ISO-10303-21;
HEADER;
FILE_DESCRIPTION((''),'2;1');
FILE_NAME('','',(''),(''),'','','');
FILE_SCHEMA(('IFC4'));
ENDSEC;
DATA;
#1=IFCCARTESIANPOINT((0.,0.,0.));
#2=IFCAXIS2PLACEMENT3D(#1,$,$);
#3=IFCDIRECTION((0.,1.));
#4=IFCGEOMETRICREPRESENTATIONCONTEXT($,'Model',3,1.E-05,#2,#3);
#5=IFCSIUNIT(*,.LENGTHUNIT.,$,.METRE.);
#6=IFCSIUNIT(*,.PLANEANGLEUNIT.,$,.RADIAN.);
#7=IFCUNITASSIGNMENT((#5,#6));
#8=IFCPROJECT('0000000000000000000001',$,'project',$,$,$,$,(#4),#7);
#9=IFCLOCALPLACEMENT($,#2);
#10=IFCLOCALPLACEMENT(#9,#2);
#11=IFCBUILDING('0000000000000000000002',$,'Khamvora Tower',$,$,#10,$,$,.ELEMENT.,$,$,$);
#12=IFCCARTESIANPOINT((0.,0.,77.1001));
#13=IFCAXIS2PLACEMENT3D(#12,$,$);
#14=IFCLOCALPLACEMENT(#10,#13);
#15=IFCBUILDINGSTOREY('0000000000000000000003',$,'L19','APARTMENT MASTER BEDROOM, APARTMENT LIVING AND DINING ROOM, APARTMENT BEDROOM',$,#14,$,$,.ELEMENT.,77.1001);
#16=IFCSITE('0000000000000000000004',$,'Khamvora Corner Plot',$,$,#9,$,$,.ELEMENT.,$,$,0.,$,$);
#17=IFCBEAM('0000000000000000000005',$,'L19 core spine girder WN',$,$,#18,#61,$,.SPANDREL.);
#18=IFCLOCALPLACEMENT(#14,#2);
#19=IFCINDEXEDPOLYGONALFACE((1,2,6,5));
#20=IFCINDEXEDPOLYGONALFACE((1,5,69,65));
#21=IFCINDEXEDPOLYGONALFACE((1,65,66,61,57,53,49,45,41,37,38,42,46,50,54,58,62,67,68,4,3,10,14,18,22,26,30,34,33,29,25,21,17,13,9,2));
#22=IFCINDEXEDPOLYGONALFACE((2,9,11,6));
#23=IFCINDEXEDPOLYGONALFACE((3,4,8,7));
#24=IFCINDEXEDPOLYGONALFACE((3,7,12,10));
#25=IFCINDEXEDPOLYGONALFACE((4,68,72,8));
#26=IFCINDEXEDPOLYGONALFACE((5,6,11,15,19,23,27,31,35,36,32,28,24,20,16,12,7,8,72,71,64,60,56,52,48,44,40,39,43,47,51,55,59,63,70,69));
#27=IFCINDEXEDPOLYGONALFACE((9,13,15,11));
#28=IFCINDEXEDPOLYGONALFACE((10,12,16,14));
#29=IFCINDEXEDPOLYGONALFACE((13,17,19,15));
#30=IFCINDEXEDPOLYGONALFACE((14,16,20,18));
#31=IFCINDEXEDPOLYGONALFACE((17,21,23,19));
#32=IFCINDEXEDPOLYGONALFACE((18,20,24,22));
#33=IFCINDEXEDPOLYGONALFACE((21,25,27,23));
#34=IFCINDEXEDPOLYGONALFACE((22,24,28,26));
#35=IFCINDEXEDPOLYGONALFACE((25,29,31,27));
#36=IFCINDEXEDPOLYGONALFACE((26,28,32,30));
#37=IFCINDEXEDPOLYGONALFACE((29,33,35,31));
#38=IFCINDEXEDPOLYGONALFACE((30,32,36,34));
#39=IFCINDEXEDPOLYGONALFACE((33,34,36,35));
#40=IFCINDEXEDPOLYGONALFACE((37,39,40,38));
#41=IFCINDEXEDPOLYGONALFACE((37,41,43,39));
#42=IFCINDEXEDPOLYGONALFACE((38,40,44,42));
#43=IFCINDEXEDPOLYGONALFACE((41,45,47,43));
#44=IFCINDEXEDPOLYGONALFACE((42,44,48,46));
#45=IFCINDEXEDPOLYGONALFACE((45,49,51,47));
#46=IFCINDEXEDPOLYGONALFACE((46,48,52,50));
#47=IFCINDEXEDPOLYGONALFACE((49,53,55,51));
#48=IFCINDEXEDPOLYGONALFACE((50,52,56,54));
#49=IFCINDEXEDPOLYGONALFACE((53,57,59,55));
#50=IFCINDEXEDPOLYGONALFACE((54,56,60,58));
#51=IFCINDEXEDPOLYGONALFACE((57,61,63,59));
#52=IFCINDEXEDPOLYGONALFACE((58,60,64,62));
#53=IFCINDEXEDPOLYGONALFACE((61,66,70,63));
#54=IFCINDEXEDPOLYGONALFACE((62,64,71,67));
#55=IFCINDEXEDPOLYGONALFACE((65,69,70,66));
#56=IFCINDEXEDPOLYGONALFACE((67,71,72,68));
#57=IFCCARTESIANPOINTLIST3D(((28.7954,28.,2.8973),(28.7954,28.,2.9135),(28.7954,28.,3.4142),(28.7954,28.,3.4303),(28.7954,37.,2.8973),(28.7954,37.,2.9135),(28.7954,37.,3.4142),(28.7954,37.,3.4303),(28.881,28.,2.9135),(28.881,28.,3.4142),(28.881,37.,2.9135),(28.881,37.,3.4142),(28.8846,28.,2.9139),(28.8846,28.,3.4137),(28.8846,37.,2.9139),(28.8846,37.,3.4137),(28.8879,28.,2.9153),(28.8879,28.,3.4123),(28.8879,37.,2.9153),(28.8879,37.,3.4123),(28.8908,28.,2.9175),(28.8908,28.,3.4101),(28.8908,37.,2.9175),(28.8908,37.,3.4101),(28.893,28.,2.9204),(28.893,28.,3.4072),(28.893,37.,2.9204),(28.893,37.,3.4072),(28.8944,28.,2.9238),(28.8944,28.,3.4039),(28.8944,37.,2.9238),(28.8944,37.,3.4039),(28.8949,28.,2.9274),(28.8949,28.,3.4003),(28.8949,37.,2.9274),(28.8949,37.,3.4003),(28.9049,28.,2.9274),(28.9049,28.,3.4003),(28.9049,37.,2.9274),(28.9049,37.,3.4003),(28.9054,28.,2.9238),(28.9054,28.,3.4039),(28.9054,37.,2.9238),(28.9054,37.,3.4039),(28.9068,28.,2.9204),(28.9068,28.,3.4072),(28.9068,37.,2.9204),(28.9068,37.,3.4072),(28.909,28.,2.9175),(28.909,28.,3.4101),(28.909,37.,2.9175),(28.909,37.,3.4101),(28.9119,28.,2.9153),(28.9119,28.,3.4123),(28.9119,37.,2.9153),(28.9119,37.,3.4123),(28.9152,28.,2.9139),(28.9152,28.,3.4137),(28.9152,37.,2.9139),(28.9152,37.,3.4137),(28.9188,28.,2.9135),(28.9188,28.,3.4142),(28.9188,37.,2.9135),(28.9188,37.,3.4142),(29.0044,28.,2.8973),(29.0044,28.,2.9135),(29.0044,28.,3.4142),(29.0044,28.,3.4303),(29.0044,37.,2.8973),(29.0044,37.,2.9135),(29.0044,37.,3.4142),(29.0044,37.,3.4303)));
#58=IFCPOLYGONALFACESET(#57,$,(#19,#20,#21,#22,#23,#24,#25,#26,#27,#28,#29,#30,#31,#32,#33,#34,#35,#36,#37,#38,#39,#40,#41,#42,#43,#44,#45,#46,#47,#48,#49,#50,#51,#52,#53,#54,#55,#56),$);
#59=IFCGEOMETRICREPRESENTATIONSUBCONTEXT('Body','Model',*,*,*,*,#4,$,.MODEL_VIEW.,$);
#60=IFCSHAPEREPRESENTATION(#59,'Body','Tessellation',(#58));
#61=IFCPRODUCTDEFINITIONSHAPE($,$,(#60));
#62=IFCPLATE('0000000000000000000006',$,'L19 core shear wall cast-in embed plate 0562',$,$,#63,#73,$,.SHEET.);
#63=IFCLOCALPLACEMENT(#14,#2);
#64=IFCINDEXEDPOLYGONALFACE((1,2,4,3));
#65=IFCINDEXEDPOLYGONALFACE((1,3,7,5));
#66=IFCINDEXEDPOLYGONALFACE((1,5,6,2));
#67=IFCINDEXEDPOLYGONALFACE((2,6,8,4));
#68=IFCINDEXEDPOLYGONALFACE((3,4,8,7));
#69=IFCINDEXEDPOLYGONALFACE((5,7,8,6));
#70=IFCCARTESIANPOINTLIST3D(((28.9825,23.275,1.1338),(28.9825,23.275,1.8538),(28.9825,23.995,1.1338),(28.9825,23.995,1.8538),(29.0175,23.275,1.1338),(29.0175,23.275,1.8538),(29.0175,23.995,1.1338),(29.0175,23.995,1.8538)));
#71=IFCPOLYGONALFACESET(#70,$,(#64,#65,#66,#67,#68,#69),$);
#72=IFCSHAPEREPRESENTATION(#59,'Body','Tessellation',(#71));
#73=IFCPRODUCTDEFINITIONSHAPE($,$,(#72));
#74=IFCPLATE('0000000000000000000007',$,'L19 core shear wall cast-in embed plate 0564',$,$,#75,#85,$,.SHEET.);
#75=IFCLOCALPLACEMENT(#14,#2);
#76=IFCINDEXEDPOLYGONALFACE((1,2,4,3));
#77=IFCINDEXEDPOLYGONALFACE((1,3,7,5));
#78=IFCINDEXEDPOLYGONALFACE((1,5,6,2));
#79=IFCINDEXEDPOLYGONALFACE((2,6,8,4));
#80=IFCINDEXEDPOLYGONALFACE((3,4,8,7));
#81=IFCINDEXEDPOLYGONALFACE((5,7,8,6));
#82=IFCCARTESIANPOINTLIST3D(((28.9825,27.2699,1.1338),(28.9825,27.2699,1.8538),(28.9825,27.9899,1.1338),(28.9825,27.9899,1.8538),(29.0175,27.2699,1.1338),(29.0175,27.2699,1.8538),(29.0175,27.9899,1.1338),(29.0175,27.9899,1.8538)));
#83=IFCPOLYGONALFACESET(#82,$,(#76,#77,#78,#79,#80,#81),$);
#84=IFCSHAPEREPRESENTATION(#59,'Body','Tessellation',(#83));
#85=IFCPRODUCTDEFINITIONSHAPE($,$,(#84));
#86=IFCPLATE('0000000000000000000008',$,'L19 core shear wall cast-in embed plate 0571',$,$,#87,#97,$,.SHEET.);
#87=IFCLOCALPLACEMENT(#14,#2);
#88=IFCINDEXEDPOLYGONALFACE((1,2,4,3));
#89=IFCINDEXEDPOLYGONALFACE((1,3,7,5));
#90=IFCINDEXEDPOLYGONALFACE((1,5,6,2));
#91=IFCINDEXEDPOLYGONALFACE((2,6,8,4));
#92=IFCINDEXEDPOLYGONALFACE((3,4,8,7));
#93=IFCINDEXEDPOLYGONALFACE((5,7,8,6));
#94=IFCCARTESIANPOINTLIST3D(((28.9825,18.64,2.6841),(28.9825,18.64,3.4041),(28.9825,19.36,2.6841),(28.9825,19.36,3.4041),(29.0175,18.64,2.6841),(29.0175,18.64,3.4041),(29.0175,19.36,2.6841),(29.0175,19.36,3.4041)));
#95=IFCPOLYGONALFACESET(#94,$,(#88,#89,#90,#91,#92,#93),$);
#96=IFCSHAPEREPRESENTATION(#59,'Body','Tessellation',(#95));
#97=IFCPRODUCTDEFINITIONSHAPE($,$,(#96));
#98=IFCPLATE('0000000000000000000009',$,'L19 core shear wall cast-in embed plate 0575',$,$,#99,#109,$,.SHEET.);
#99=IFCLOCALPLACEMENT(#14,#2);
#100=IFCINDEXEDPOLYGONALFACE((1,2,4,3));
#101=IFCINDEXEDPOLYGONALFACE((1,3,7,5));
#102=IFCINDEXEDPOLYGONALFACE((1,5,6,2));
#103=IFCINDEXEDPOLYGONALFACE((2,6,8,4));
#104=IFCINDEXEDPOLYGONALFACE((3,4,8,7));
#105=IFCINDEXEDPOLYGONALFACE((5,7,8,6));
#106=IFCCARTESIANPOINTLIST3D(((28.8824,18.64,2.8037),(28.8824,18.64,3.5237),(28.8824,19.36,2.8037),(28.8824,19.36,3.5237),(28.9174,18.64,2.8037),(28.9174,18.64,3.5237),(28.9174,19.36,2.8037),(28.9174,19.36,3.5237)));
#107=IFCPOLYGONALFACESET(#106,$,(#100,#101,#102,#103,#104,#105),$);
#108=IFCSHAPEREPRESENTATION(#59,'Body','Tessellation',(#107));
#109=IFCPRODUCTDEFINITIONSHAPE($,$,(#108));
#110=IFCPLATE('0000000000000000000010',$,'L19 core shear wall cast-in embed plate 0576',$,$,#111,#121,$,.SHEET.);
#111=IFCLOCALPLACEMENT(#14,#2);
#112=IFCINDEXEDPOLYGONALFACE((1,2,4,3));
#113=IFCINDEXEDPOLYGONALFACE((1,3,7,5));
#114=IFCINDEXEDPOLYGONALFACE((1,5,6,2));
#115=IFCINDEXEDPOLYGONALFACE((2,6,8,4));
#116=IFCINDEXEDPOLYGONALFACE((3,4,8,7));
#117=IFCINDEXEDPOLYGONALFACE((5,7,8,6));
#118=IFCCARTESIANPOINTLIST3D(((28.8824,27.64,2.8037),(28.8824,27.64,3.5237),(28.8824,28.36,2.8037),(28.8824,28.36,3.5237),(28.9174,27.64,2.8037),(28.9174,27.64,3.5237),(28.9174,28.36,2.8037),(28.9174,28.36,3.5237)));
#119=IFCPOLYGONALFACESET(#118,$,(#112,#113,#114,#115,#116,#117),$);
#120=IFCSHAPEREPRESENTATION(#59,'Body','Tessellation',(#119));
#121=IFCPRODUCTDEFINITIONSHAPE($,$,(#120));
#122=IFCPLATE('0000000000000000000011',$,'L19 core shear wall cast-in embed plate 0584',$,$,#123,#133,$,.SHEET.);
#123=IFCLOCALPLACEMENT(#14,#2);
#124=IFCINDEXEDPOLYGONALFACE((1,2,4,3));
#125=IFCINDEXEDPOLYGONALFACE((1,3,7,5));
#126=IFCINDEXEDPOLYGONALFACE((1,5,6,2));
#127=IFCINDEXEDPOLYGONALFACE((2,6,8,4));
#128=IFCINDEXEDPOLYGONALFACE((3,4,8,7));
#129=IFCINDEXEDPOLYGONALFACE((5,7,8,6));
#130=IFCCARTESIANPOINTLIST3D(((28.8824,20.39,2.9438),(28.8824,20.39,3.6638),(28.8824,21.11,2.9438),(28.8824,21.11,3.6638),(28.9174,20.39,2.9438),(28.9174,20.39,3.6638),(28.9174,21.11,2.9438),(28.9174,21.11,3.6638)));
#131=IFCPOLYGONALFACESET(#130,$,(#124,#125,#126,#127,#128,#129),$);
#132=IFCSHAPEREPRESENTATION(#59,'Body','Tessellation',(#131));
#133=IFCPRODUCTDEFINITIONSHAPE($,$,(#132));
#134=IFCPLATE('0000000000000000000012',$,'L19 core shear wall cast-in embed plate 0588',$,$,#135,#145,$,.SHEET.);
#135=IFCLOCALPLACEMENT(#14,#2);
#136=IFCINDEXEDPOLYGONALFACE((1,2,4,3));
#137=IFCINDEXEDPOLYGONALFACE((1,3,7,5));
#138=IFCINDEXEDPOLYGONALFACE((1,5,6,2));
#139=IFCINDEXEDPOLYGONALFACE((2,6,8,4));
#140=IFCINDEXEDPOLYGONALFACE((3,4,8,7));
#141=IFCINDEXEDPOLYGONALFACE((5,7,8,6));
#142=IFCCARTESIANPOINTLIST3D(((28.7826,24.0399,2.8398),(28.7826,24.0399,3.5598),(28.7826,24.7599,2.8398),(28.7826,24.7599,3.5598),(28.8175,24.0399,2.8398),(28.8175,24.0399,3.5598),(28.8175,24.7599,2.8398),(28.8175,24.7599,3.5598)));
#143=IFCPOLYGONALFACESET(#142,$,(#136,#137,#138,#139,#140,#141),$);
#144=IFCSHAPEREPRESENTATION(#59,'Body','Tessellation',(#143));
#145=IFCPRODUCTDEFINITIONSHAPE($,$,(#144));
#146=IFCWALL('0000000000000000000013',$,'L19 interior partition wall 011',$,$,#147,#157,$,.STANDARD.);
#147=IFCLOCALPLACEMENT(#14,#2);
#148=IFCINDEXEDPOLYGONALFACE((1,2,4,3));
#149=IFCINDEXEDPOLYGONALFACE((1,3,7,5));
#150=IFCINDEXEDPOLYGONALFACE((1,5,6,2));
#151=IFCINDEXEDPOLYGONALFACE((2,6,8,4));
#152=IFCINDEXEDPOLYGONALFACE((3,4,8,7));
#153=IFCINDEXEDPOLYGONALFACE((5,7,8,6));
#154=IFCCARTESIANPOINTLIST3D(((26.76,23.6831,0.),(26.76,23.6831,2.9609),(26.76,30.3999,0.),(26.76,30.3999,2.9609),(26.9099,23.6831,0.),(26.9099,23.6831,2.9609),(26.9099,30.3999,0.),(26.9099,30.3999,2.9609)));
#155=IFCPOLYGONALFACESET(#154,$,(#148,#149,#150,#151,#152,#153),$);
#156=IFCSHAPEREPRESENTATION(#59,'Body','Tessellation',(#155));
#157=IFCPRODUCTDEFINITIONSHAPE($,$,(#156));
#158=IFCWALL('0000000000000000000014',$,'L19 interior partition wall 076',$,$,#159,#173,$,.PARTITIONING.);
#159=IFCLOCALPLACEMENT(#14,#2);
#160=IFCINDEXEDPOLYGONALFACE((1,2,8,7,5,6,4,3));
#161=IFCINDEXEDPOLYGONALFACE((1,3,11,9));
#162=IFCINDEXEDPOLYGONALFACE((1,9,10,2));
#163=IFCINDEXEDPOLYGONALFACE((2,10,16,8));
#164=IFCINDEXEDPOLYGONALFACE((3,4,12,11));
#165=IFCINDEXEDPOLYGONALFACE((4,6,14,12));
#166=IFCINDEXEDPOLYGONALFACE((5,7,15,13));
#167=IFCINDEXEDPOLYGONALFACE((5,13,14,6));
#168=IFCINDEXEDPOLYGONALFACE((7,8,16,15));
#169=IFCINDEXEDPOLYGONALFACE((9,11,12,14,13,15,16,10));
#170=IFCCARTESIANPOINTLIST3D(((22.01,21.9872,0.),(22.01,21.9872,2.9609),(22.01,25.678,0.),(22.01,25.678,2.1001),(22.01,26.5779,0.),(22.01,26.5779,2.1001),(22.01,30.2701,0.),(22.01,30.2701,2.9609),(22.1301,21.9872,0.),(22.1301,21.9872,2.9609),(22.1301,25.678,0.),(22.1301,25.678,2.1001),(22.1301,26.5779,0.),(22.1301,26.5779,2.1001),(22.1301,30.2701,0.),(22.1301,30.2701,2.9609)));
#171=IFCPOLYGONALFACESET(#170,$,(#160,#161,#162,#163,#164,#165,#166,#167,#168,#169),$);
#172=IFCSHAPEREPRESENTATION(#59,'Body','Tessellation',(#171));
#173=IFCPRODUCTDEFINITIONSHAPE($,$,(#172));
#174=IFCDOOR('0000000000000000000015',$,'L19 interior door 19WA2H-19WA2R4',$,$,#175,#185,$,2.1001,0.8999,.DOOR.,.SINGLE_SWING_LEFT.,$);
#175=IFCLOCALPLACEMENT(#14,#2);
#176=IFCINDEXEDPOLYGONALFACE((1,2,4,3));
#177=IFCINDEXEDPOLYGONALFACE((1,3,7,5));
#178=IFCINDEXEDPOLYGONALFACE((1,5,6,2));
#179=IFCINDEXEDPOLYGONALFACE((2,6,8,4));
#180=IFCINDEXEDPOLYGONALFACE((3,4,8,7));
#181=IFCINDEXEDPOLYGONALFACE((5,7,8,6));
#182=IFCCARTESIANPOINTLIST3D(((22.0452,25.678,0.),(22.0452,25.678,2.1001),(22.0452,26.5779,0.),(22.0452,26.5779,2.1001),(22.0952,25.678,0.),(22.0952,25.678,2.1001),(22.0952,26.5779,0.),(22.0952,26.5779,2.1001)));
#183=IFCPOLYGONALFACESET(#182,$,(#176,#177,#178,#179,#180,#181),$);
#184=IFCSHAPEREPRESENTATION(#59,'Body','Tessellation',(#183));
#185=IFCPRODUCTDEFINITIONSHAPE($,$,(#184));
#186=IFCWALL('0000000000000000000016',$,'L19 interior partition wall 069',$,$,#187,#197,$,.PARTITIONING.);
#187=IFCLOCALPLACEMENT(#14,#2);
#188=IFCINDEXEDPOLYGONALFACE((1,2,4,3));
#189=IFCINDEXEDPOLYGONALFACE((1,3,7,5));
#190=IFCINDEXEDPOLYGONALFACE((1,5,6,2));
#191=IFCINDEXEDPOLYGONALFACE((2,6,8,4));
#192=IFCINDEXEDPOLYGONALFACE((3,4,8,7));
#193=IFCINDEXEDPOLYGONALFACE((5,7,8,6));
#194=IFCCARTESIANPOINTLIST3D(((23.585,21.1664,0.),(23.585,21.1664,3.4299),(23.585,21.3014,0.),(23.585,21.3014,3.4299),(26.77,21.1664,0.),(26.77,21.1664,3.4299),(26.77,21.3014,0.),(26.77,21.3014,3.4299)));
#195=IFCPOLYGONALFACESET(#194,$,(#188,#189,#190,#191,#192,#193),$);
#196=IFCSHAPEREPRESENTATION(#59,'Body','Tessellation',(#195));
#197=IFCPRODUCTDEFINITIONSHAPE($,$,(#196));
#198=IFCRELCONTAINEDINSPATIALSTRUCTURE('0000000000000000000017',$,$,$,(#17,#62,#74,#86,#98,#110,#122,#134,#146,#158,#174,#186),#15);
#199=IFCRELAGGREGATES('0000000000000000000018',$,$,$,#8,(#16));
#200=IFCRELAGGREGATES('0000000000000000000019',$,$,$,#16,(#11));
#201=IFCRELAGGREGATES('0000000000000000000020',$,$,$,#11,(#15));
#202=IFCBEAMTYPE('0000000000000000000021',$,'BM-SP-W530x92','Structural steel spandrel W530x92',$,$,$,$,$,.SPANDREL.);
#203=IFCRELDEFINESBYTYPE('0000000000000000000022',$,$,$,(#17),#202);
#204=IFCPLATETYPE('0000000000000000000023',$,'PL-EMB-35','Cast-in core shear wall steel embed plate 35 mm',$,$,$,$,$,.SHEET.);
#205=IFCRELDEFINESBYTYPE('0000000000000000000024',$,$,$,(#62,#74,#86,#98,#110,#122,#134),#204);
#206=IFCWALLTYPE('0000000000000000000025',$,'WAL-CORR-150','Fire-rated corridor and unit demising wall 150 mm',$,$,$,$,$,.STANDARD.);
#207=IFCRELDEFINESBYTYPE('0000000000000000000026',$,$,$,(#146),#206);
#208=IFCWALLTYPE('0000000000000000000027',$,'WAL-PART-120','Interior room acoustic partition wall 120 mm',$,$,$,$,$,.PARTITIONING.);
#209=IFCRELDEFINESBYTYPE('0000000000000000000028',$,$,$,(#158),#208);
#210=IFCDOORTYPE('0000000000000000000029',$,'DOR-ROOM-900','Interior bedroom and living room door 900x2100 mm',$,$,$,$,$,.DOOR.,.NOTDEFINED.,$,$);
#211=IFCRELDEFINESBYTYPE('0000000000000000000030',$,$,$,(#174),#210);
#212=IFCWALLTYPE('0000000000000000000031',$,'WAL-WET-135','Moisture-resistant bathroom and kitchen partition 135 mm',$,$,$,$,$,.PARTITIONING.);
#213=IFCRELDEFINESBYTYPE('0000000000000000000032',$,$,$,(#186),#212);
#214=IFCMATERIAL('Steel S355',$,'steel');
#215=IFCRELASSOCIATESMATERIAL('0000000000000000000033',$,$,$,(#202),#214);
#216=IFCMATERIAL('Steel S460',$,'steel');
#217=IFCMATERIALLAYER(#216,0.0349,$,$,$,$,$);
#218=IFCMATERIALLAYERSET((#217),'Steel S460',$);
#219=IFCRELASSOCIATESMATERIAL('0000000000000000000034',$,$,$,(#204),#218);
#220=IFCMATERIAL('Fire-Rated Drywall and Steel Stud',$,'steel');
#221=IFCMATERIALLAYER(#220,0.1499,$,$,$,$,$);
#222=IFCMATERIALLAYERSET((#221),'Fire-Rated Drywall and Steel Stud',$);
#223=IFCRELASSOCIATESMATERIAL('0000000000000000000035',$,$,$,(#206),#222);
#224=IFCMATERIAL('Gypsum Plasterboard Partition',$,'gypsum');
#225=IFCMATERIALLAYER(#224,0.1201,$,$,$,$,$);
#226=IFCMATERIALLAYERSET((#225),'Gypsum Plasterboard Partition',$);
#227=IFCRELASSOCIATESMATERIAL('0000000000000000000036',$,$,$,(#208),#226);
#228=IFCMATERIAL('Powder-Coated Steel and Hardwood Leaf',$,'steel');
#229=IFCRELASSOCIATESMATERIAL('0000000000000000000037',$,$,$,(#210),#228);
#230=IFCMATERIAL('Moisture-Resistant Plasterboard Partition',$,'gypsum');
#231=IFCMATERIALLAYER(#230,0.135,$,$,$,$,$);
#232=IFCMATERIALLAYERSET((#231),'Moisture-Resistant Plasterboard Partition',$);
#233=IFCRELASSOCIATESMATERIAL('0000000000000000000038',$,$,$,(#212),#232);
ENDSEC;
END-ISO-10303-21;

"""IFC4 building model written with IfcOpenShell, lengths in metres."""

from ifc_helpers import new_model, si_unit, direction, frame, frame_2d, origin, origin_2d, place, context, subcontext, project, spatial, rectangle, i_section, extrude, material, layer, layer_set, material_profile, profile_set, type_object, element, fill, save


model = new_model("IFC4")

# Units and contexts
model_context = context("Model", 3, precision=1e-05, world=origin(), true_north=direction((0.0, 1.0)))
body_context = subcontext(model_context, "Body", "Model", "MODEL_VIEW")
ifc_project = project(units=[si_unit("LENGTHUNIT", "METRE"), si_unit("PLANEANGLEUNIT", "RADIAN")], contexts=[model_context])

# Site, building, storey
site_placement = place(None, origin())
site = spatial("IfcSite", under=ifc_project, at=site_placement, Name="Khamvora Corner Plot", CompositionType="ELEMENT", RefElevation=0.0)
building_placement = place(site_placement, origin())
building = spatial("IfcBuilding", under=site, at=building_placement, Name="Khamvora Tower", CompositionType="ELEMENT")
storey_placement = place(building_placement, frame((0.0, 0.0, 77.1001)))
storey = spatial("IfcBuildingStorey", under=building, at=storey_placement, Name="L19", Description="APARTMENT MASTER BEDROOM, APARTMENT LIVING AND DINING ROOM, APARTMENT BEDROOM", CompositionType="ELEMENT", Elevation=77.1001)

# Shared definitions
ifc_material_1 = material(Name="Steel S460", Category="steel")

# Beam
ifc_material_2 = material(Name="Steel S355", Category="steel")
ifc_material_profile_1 = material_profile(ifc_material_2, i_section(OverallWidth=0.209, OverallDepth=0.533, WebThickness=0.01, FlangeThickness=0.0161, FilletRadius=0.0139, at=origin_2d()), Name="W530x92")
ifc_profile_set_1 = profile_set([ifc_material_profile_1], Name="Steel S355")
beam_type_1 = type_object("IfcBeamType", Name="BM-SP-W530x92", Description="Structural steel spandrel W530x92", PredefinedType="SPANDREL", material=ifc_profile_set_1)
for number, where, z_axis, x_axis, name in (
    (1, (28.8999, 28.0, 3.1638), (0.0, 1.0, 0.0), (-1.0, 0.0, 0.0), "L19 core spine girder WN"),
):
    element("IfcBeam", number, at=place(storey_placement, frame(where, z_axis=z_axis, x_axis=x_axis)), inside=storey, type_object=beam_type_1, Name=name, PredefinedType="SPANDREL", context=body_context, shape_type="SweptSolid", body=[
        extrude(i_section(OverallWidth=0.209, OverallDepth=0.533, WebThickness=0.01, FlangeThickness=0.0161, FilletRadius=0.0139, at=origin_2d()), origin(), (0.0, 0.0, 1.0), 9.0),
    ])

# Plates
ifc_layer_1 = layer(ifc_material_1, 0.0349)
ifc_layer_set_1 = layer_set([ifc_layer_1], Name="Steel S460")
plate_type = type_object("IfcPlateType", Name="PL-EMB-35", Description="Cast-in core shear wall steel embed plate 35 mm", PredefinedType="SHEET", material=ifc_layer_set_1)
for number, where, z_axis, x_axis, name in (
    (2, (29.0, 23.635, 1.1338), (0.0, 0.0, 1.0), (1.0, 0.0, 0.0), "L19 core shear wall cast-in embed plate 0562"),
    (3, (29.0, 27.6299, 1.1338), (0.0, 0.0, 1.0), (1.0, 0.0, 0.0), "L19 core shear wall cast-in embed plate 0564"),
    (4, (29.0, 19.0, 2.6841), (0.0, 0.0, 1.0), (1.0, 0.0, 0.0), "L19 core shear wall cast-in embed plate 0571"),
    (5, (28.8999, 19.0, 2.8037), (0.0, 0.0, 1.0), (1.0, 0.0, 0.0), "L19 core shear wall cast-in embed plate 0575"),
    (6, (28.8999, 28.0, 2.8037), (0.0, 0.0, 1.0), (1.0, 0.0, 0.0), "L19 core shear wall cast-in embed plate 0576"),
    (7, (28.8999, 20.75, 2.9438), (0.0, 0.0, 1.0), (1.0, 0.0, 0.0), "L19 core shear wall cast-in embed plate 0584"),
    (8, (28.8, 24.3999, 2.8398), (0.0, 0.0, 1.0), (1.0, 0.0, 0.0), "L19 core shear wall cast-in embed plate 0588"),
):
    element("IfcPlate", number, at=place(storey_placement, frame(where, z_axis=z_axis, x_axis=x_axis)), inside=storey, type_object=plate_type, Name=name, PredefinedType="SHEET", context=body_context, shape_type="SweptSolid", body=[
        extrude(rectangle(XDim=0.0349, YDim=0.72, at=origin_2d()), origin(), (0.0, 0.0, 1.0), 0.72),
    ])

# Shared definitions
ifc_material_3 = material(Name="Fire-Rated Drywall and Steel Stud", Category="steel")
ifc_layer_2 = layer(ifc_material_3, 0.1499)
ifc_layer_set_2 = layer_set([ifc_layer_2], Name="Fire-Rated Drywall and Steel Stud")
wall_type_1 = type_object("IfcWallType", Name="WAL-CORR-150", Description="Fire-rated corridor and unit demising wall 150 mm", PredefinedType="STANDARD", material=ifc_layer_set_2)
ifc_material_4 = material(Name="Powder-Coated Steel and Hardwood Leaf", Category="steel")

# Wall
wall_1_placement = place(storey_placement, frame((26.835, 23.6831, 0.0), z_axis=(0.0, 0.0, 1.0), x_axis=(0.0, 1.0, 0.0)))
element("IfcWall", 9, at=wall_1_placement, inside=storey, type_object=wall_type_1, Name="L19 interior partition wall 011", PredefinedType="STANDARD", context=body_context, shape_type="SweptSolid", body=[
    extrude(rectangle(XDim=6.7168, YDim=0.1499, at=frame_2d((3.3584, 0.0))), origin(), (0.0, 0.0, 1.0), 2.9609),
])

# Wall, opening, door
ifc_material_5 = material(Name="Gypsum Plasterboard Partition", Category="gypsum")
ifc_layer_3 = layer(ifc_material_5, 0.1201)
ifc_layer_set_3 = layer_set([ifc_layer_3], Name="Gypsum Plasterboard Partition")
wall_type_2 = type_object("IfcWallType", Name="WAL-PART-120", Description="Interior room acoustic partition wall 120 mm", PredefinedType="PARTITIONING", material=ifc_layer_set_3)
wall_2_placement = place(storey_placement, frame((22.0701, 21.9871, 0.0), z_axis=(0.0, 0.0, 1.0), x_axis=(0.0, 1.0, 0.0)))
wall_2 = element("IfcWall", 10, at=wall_2_placement, inside=storey, type_object=wall_type_2, Name="L19 interior partition wall 076", PredefinedType="PARTITIONING", context=body_context, shape_type="SweptSolid", body=[
    extrude(rectangle(XDim=8.283, YDim=0.1201, at=frame_2d((4.1416, 0.0))), origin(), (0.0, 0.0, 1.0), 2.9609),
])
opening_1_placement = place(wall_2_placement, frame((3.6909, 0.0, 0.0)))
opening_1 = element("IfcOpeningElement", 11, at=opening_1_placement, cuts=wall_2, PredefinedType="OPENING", context=body_context, shape_type="SweptSolid", body=[
    extrude(rectangle(XDim=0.8999, YDim=2.1001, at=frame_2d((0.45, 1.05))), frame((0.0, 0.0701, 0.0), z_axis=(0.0, -1.0, 0.0), x_axis=(1.0, 0.0, 0.0)), (0.0, 0.0, 1.0), 0.1401),
])
door_type_1 = type_object("IfcDoorType", Name="DOR-ROOM-900", Description="Interior bedroom and living room door 900x2100 mm", OperationType="NOTDEFINED", PredefinedType="DOOR", material=ifc_material_4)
door_1_placement = place(opening_1_placement, origin())
door_1 = element("IfcDoor", 12, at=door_1_placement, inside=storey, type_object=door_type_1, Name="L19 interior door 19WA2H-19WA2R4", OperationType="SINGLE_SWING_LEFT", OverallHeight=2.1001, OverallWidth=0.8999, PredefinedType="DOOR", context=body_context, shape_type="SweptSolid", body=[
    extrude(rectangle(XDim=0.8999, YDim=2.1001, at=frame_2d((0.45, 1.05))), frame((0.0, 0.0249, 0.0), z_axis=(0.0, -1.0, 0.0), x_axis=(1.0, 0.0, 0.0)), (0.0, 0.0, 1.0), 0.05),
])
fill(opening_1, door_1)

# Wall
ifc_material_6 = material(Name="Moisture-Resistant Plasterboard Partition", Category="gypsum")
ifc_layer_4 = layer(ifc_material_6, 0.135)
ifc_layer_set_4 = layer_set([ifc_layer_4], Name="Moisture-Resistant Plasterboard Partition")
wall_type_3 = type_object("IfcWallType", Name="WAL-WET-135", Description="Moisture-resistant bathroom and kitchen partition 135 mm", PredefinedType="PARTITIONING", material=ifc_layer_set_4)
wall_3_placement = place(storey_placement, frame((26.77, 21.2339, 0.0), z_axis=(0.0, 0.0, 1.0), x_axis=(-1.0, 0.0, 0.0)))
element("IfcWall", 13, at=wall_3_placement, inside=storey, type_object=wall_type_3, Name="L19 interior partition wall 069", PredefinedType="PARTITIONING", context=body_context, shape_type="SweptSolid", body=[
    extrude(rectangle(XDim=3.1851, YDim=0.135, at=frame_2d((1.5925, 0.0))), origin(), (0.0, 0.0, 1.0), 3.4299),
])

save(model, "model.ifc")
